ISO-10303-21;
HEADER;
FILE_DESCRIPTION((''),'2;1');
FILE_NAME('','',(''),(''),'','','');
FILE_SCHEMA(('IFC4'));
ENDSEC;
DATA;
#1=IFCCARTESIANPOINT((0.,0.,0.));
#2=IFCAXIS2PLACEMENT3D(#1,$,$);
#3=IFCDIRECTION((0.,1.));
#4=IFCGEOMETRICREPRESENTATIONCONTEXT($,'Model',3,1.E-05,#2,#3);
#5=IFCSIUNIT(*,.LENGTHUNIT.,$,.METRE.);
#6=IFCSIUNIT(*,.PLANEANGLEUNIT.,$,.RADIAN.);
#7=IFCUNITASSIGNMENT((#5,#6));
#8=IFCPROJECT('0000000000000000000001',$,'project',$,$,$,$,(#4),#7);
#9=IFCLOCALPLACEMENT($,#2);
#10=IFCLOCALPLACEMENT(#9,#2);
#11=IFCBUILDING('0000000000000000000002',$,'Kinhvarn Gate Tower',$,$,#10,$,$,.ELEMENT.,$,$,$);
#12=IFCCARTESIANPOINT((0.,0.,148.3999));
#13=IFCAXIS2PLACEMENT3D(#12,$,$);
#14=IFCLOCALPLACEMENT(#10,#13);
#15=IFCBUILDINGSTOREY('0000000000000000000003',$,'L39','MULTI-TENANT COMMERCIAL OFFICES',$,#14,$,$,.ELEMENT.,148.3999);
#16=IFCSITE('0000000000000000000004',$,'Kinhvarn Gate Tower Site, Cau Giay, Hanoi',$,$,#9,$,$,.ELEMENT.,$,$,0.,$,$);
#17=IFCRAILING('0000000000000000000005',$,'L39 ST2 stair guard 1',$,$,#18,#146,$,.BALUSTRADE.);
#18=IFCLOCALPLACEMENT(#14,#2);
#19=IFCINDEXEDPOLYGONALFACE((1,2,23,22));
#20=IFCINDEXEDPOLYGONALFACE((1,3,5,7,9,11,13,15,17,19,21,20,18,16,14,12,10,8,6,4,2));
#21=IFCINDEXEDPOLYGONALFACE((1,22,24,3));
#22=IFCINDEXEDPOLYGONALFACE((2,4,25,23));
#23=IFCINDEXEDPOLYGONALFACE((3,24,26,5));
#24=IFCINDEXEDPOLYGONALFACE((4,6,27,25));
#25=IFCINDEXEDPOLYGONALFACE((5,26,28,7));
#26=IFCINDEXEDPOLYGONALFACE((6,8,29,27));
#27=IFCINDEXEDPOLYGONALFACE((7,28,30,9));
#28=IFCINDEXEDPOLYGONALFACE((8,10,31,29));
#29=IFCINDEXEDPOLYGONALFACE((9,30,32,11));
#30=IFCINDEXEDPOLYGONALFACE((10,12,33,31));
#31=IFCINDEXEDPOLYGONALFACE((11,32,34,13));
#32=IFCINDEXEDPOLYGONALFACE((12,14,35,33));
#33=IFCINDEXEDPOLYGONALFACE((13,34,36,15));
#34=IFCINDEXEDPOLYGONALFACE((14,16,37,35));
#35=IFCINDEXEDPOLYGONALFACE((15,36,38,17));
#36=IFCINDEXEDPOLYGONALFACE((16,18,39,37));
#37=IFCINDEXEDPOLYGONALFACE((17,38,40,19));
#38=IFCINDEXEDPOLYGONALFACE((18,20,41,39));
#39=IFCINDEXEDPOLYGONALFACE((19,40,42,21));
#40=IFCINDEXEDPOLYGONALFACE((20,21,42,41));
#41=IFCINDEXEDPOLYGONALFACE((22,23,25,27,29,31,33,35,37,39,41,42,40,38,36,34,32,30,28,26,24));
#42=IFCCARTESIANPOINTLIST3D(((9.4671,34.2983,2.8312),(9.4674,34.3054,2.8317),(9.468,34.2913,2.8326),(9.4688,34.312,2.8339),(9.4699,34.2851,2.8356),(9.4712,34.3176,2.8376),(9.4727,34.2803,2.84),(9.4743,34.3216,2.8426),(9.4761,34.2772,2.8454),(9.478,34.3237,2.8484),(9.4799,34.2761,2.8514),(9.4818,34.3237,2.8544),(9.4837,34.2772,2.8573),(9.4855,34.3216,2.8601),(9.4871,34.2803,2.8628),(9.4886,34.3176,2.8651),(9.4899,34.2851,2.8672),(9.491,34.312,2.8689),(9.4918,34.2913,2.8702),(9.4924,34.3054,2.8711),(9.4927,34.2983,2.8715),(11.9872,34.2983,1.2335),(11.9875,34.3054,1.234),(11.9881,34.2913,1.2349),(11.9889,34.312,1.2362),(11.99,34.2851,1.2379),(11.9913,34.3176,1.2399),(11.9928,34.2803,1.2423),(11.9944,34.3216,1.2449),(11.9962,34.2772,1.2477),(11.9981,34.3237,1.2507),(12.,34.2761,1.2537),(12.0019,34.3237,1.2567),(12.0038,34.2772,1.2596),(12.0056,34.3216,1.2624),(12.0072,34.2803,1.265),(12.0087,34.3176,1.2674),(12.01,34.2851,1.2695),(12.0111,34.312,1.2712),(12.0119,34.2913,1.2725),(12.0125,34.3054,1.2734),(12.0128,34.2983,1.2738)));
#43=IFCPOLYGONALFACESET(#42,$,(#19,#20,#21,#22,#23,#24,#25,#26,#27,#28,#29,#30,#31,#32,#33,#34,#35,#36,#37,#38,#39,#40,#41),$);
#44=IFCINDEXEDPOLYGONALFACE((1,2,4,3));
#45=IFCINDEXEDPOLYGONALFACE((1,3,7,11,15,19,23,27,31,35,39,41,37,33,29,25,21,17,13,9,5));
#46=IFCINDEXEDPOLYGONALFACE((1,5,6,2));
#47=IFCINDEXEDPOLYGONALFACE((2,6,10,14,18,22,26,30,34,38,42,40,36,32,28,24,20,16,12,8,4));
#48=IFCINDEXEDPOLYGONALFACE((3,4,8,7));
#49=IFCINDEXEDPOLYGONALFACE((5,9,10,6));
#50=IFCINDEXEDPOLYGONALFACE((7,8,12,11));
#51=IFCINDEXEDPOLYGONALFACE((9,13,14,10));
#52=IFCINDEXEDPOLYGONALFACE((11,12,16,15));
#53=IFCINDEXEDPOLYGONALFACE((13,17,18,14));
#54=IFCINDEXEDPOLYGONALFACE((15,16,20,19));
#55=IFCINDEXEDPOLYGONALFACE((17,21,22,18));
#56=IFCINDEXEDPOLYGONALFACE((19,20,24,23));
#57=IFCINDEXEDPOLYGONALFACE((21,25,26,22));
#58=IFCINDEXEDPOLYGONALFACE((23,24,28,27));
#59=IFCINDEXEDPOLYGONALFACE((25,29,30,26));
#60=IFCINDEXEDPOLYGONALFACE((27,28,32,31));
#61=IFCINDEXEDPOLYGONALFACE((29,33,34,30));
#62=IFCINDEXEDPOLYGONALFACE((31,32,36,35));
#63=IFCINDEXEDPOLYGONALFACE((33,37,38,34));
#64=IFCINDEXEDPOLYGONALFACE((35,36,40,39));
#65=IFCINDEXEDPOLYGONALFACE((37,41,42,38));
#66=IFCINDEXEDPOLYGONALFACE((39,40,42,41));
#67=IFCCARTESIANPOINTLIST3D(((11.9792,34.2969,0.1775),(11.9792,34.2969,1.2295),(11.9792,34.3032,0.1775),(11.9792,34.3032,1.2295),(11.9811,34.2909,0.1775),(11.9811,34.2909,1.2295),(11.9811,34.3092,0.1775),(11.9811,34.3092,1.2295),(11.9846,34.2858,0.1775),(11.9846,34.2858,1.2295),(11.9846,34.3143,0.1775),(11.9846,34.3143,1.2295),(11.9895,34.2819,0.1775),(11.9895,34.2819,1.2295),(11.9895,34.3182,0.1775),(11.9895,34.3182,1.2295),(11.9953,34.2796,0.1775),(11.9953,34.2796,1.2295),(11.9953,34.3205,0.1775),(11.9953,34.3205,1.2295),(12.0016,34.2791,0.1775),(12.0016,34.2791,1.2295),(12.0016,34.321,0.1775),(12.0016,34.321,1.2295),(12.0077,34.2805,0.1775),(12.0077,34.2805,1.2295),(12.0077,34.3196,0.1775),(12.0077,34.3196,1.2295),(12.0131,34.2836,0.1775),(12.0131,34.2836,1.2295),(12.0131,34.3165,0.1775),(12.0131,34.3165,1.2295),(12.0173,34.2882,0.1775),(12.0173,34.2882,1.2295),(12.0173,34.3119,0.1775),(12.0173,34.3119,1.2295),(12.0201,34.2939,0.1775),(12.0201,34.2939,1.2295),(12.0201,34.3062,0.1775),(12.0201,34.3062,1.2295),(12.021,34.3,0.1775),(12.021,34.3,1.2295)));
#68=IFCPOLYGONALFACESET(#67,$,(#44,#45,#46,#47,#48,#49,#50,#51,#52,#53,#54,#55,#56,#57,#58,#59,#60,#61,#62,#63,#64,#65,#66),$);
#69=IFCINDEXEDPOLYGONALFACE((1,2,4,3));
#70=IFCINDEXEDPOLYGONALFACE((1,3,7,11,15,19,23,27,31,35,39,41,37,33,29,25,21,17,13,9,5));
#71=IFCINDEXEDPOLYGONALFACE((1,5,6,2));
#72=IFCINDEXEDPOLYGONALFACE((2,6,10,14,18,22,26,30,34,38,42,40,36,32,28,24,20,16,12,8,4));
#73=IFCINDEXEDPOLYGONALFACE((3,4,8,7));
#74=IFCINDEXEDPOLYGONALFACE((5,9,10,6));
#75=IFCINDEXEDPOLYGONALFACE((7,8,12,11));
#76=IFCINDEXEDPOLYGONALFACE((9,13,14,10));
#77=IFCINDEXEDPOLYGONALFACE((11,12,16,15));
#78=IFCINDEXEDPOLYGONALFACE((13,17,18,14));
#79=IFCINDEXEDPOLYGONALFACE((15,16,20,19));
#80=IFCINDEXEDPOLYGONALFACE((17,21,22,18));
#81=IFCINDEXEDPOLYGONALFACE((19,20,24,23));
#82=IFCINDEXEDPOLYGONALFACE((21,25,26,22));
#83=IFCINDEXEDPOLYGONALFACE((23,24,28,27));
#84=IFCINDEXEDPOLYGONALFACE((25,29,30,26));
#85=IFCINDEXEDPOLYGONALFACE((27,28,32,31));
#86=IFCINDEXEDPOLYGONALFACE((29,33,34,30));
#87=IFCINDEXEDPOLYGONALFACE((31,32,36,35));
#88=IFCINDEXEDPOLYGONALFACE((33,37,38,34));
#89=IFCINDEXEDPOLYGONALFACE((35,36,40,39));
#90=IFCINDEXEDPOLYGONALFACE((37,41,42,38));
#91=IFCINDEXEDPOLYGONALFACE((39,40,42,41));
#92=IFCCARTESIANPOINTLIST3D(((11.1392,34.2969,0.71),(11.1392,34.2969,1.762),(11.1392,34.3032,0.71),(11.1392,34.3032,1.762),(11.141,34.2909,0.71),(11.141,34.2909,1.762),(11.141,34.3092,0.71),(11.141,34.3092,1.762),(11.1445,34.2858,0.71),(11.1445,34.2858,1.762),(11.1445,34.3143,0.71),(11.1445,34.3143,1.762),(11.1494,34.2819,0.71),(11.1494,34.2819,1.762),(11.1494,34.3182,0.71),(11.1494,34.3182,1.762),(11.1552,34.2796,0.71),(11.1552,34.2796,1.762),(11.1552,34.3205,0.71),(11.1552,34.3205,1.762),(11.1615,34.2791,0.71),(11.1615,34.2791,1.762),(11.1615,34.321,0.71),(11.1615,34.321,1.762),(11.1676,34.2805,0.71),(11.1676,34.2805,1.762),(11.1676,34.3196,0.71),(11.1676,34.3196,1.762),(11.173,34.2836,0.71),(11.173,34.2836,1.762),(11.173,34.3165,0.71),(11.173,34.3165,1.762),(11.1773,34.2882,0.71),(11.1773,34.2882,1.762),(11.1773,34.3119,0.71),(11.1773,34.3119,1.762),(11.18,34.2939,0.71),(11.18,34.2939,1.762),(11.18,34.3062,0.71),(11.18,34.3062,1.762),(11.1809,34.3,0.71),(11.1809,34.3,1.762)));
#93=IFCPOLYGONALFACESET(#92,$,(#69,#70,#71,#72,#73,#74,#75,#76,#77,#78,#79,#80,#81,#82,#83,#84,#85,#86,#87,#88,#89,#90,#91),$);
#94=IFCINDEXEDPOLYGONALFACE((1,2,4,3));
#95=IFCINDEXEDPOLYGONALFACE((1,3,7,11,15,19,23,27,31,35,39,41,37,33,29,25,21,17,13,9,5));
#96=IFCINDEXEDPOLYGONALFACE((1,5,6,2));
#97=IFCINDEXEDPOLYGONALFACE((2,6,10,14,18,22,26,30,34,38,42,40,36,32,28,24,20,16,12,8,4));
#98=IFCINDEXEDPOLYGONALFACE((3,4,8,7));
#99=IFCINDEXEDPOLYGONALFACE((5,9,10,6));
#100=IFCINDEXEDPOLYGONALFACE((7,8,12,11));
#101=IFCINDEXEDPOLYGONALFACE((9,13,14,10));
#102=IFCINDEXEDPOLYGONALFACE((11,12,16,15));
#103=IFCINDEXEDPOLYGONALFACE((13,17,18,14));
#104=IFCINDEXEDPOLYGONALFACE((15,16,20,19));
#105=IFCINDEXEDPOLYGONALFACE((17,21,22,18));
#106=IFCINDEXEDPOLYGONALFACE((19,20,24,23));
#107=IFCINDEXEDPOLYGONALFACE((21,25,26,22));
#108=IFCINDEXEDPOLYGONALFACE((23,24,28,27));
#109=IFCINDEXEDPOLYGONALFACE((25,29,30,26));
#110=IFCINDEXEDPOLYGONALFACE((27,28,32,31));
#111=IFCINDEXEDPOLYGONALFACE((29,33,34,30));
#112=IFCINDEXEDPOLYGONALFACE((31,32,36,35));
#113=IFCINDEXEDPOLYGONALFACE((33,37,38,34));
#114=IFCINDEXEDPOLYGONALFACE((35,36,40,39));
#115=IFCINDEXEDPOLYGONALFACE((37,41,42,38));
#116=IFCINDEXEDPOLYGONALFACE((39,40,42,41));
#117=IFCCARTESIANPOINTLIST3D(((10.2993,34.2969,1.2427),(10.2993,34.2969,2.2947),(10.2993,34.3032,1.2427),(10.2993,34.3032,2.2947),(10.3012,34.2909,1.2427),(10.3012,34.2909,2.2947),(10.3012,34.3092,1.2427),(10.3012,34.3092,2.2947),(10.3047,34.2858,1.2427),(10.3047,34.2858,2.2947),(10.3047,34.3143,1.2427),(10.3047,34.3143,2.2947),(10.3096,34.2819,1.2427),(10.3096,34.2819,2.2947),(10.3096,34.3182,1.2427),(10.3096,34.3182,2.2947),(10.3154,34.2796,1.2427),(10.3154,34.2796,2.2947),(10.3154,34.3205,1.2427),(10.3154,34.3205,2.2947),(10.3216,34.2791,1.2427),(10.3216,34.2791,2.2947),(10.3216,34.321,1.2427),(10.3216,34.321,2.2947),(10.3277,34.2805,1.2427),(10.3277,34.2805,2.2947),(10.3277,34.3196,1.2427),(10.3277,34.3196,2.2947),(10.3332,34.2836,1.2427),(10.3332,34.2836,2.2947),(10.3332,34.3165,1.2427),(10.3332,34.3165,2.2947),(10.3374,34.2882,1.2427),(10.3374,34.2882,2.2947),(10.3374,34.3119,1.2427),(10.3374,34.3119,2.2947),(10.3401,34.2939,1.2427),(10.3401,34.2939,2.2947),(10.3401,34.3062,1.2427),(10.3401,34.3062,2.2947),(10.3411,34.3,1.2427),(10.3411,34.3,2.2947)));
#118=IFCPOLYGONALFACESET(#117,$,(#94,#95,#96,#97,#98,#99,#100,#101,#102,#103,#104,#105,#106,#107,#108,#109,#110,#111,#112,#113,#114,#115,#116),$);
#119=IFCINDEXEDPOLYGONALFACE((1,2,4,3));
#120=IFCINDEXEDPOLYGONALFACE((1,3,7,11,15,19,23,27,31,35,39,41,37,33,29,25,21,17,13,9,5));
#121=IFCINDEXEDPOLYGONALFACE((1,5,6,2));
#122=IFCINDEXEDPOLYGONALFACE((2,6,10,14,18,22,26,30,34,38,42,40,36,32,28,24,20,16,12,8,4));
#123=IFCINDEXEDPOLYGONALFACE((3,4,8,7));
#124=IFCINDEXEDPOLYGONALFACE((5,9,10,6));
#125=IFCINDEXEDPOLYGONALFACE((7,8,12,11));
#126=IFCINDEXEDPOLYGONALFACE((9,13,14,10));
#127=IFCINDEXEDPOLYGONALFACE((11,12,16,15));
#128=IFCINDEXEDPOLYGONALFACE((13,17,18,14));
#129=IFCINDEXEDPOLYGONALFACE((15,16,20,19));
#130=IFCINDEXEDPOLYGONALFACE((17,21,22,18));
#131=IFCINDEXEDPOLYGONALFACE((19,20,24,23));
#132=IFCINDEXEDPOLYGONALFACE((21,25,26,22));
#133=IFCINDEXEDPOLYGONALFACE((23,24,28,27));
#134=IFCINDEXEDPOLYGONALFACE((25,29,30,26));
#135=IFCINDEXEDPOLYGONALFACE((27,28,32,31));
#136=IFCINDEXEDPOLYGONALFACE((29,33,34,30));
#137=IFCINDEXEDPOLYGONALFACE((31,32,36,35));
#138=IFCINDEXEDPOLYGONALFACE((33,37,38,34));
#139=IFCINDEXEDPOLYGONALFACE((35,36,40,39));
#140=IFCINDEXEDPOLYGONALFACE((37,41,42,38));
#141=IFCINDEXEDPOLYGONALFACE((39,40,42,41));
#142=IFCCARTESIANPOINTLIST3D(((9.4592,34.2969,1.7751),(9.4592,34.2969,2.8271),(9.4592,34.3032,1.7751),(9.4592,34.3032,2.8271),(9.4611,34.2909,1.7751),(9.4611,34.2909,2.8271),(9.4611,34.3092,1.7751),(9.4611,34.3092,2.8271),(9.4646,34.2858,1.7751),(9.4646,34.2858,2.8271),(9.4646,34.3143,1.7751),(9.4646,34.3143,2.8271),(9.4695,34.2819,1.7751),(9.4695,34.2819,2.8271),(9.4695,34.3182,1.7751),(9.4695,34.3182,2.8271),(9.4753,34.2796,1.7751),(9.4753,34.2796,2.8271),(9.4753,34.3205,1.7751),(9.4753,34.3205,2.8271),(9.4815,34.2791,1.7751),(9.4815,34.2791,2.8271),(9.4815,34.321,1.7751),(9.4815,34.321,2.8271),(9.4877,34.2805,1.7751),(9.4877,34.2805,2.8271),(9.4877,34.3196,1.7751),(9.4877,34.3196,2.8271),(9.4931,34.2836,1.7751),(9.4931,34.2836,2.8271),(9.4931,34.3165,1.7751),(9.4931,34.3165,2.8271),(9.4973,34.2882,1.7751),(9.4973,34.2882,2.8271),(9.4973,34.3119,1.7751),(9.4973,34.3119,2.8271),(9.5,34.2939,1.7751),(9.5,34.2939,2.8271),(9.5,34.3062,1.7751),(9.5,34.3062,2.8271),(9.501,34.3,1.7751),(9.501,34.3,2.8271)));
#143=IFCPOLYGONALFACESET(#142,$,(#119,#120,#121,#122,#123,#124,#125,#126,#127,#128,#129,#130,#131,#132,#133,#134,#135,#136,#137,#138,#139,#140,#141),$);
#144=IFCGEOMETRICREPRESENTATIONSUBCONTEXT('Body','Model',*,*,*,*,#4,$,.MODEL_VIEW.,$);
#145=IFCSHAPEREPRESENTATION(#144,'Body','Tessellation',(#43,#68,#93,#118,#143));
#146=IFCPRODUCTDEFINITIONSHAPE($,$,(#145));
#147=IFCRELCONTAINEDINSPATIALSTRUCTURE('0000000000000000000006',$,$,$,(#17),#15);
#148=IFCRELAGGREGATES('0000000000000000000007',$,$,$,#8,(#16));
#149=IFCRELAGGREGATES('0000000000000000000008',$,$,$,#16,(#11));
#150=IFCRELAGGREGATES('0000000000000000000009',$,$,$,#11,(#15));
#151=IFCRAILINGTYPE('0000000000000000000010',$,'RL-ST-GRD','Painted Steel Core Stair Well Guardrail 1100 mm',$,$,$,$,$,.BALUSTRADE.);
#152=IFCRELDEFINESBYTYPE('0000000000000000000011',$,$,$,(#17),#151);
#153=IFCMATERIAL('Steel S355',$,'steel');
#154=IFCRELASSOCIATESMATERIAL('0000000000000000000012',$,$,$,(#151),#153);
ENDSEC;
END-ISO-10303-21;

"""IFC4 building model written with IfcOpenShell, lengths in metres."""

from ifc_helpers import new_model, si_unit, direction, frame, origin, origin_2d, place, context, subcontext, project, spatial, circle, extrude, material, type_object, element, save


model = new_model("IFC4")

# Units and contexts
model_context = context("Model", 3, precision=1e-05, world=origin(), true_north=direction((0.0, 1.0)))
body_context = subcontext(model_context, "Body", "Model", "MODEL_VIEW")
ifc_project = project(units=[si_unit("LENGTHUNIT", "METRE"), si_unit("PLANEANGLEUNIT", "RADIAN")], contexts=[model_context])

# Site, building, storey
site_placement = place(None, origin())
site = spatial("IfcSite", under=ifc_project, at=site_placement, Name="Kinhvarn Gate Tower Site, Cau Giay, Hanoi", CompositionType="ELEMENT", RefElevation=0.0)
building_placement = place(site_placement, origin())
building = spatial("IfcBuilding", under=site, at=building_placement, Name="Kinhvarn Gate Tower", CompositionType="ELEMENT")
storey_placement = place(building_placement, frame((0.0, 0.0, 148.3999)))
storey = spatial("IfcBuildingStorey", under=building, at=storey_placement, Name="L39", Description="MULTI-TENANT COMMERCIAL OFFICES", CompositionType="ELEMENT", Elevation=148.3999)

# Shared definitions
ifc_material_1 = material(Name="Steel S355", Category="steel")

# Railing
railing_type_1 = type_object("IfcRailingType", Name="RL-ST-GRD", Description="Painted Steel Core Stair Well Guardrail 1100 mm", PredefinedType="BALUSTRADE", material=ifc_material_1)
railing_1_placement = place(storey_placement, frame((12.0, 34.3, 0.1775)))
element("IfcRailing", 1, at=railing_1_placement, inside=storey, type_object=railing_type_1, Name="L39 ST2 stair guard 1", PredefinedType="BALUSTRADE", context=body_context, shape_type="SweptSolid", body=[
    extrude(circle(Radius=0.0239, at=origin_2d()), frame((0.0, 0.0, 1.0762), z_axis=(-0.84457, 0.0, 0.535445), x_axis=(0.0, -1.0, 0.0)), (0.0, 0.0, 1.0), 2.9839),
    extrude(circle(Radius=0.021, at=origin_2d()), origin(), (0.0, 0.0, 1.0), 1.052),
    extrude(circle(Radius=0.021, at=origin_2d()), frame((-0.8401, 0.0, 0.5325)), (0.0, 0.0, 1.0), 1.052),
    extrude(circle(Radius=0.021, at=origin_2d()), frame((-1.6799, 0.0, 1.0652)), (0.0, 0.0, 1.0), 1.052),
    extrude(circle(Radius=0.021, at=origin_2d()), frame((-2.52, 0.0, 1.5977)), (0.0, 0.0, 1.0), 1.052),
])

save(model, "model.ifc")
